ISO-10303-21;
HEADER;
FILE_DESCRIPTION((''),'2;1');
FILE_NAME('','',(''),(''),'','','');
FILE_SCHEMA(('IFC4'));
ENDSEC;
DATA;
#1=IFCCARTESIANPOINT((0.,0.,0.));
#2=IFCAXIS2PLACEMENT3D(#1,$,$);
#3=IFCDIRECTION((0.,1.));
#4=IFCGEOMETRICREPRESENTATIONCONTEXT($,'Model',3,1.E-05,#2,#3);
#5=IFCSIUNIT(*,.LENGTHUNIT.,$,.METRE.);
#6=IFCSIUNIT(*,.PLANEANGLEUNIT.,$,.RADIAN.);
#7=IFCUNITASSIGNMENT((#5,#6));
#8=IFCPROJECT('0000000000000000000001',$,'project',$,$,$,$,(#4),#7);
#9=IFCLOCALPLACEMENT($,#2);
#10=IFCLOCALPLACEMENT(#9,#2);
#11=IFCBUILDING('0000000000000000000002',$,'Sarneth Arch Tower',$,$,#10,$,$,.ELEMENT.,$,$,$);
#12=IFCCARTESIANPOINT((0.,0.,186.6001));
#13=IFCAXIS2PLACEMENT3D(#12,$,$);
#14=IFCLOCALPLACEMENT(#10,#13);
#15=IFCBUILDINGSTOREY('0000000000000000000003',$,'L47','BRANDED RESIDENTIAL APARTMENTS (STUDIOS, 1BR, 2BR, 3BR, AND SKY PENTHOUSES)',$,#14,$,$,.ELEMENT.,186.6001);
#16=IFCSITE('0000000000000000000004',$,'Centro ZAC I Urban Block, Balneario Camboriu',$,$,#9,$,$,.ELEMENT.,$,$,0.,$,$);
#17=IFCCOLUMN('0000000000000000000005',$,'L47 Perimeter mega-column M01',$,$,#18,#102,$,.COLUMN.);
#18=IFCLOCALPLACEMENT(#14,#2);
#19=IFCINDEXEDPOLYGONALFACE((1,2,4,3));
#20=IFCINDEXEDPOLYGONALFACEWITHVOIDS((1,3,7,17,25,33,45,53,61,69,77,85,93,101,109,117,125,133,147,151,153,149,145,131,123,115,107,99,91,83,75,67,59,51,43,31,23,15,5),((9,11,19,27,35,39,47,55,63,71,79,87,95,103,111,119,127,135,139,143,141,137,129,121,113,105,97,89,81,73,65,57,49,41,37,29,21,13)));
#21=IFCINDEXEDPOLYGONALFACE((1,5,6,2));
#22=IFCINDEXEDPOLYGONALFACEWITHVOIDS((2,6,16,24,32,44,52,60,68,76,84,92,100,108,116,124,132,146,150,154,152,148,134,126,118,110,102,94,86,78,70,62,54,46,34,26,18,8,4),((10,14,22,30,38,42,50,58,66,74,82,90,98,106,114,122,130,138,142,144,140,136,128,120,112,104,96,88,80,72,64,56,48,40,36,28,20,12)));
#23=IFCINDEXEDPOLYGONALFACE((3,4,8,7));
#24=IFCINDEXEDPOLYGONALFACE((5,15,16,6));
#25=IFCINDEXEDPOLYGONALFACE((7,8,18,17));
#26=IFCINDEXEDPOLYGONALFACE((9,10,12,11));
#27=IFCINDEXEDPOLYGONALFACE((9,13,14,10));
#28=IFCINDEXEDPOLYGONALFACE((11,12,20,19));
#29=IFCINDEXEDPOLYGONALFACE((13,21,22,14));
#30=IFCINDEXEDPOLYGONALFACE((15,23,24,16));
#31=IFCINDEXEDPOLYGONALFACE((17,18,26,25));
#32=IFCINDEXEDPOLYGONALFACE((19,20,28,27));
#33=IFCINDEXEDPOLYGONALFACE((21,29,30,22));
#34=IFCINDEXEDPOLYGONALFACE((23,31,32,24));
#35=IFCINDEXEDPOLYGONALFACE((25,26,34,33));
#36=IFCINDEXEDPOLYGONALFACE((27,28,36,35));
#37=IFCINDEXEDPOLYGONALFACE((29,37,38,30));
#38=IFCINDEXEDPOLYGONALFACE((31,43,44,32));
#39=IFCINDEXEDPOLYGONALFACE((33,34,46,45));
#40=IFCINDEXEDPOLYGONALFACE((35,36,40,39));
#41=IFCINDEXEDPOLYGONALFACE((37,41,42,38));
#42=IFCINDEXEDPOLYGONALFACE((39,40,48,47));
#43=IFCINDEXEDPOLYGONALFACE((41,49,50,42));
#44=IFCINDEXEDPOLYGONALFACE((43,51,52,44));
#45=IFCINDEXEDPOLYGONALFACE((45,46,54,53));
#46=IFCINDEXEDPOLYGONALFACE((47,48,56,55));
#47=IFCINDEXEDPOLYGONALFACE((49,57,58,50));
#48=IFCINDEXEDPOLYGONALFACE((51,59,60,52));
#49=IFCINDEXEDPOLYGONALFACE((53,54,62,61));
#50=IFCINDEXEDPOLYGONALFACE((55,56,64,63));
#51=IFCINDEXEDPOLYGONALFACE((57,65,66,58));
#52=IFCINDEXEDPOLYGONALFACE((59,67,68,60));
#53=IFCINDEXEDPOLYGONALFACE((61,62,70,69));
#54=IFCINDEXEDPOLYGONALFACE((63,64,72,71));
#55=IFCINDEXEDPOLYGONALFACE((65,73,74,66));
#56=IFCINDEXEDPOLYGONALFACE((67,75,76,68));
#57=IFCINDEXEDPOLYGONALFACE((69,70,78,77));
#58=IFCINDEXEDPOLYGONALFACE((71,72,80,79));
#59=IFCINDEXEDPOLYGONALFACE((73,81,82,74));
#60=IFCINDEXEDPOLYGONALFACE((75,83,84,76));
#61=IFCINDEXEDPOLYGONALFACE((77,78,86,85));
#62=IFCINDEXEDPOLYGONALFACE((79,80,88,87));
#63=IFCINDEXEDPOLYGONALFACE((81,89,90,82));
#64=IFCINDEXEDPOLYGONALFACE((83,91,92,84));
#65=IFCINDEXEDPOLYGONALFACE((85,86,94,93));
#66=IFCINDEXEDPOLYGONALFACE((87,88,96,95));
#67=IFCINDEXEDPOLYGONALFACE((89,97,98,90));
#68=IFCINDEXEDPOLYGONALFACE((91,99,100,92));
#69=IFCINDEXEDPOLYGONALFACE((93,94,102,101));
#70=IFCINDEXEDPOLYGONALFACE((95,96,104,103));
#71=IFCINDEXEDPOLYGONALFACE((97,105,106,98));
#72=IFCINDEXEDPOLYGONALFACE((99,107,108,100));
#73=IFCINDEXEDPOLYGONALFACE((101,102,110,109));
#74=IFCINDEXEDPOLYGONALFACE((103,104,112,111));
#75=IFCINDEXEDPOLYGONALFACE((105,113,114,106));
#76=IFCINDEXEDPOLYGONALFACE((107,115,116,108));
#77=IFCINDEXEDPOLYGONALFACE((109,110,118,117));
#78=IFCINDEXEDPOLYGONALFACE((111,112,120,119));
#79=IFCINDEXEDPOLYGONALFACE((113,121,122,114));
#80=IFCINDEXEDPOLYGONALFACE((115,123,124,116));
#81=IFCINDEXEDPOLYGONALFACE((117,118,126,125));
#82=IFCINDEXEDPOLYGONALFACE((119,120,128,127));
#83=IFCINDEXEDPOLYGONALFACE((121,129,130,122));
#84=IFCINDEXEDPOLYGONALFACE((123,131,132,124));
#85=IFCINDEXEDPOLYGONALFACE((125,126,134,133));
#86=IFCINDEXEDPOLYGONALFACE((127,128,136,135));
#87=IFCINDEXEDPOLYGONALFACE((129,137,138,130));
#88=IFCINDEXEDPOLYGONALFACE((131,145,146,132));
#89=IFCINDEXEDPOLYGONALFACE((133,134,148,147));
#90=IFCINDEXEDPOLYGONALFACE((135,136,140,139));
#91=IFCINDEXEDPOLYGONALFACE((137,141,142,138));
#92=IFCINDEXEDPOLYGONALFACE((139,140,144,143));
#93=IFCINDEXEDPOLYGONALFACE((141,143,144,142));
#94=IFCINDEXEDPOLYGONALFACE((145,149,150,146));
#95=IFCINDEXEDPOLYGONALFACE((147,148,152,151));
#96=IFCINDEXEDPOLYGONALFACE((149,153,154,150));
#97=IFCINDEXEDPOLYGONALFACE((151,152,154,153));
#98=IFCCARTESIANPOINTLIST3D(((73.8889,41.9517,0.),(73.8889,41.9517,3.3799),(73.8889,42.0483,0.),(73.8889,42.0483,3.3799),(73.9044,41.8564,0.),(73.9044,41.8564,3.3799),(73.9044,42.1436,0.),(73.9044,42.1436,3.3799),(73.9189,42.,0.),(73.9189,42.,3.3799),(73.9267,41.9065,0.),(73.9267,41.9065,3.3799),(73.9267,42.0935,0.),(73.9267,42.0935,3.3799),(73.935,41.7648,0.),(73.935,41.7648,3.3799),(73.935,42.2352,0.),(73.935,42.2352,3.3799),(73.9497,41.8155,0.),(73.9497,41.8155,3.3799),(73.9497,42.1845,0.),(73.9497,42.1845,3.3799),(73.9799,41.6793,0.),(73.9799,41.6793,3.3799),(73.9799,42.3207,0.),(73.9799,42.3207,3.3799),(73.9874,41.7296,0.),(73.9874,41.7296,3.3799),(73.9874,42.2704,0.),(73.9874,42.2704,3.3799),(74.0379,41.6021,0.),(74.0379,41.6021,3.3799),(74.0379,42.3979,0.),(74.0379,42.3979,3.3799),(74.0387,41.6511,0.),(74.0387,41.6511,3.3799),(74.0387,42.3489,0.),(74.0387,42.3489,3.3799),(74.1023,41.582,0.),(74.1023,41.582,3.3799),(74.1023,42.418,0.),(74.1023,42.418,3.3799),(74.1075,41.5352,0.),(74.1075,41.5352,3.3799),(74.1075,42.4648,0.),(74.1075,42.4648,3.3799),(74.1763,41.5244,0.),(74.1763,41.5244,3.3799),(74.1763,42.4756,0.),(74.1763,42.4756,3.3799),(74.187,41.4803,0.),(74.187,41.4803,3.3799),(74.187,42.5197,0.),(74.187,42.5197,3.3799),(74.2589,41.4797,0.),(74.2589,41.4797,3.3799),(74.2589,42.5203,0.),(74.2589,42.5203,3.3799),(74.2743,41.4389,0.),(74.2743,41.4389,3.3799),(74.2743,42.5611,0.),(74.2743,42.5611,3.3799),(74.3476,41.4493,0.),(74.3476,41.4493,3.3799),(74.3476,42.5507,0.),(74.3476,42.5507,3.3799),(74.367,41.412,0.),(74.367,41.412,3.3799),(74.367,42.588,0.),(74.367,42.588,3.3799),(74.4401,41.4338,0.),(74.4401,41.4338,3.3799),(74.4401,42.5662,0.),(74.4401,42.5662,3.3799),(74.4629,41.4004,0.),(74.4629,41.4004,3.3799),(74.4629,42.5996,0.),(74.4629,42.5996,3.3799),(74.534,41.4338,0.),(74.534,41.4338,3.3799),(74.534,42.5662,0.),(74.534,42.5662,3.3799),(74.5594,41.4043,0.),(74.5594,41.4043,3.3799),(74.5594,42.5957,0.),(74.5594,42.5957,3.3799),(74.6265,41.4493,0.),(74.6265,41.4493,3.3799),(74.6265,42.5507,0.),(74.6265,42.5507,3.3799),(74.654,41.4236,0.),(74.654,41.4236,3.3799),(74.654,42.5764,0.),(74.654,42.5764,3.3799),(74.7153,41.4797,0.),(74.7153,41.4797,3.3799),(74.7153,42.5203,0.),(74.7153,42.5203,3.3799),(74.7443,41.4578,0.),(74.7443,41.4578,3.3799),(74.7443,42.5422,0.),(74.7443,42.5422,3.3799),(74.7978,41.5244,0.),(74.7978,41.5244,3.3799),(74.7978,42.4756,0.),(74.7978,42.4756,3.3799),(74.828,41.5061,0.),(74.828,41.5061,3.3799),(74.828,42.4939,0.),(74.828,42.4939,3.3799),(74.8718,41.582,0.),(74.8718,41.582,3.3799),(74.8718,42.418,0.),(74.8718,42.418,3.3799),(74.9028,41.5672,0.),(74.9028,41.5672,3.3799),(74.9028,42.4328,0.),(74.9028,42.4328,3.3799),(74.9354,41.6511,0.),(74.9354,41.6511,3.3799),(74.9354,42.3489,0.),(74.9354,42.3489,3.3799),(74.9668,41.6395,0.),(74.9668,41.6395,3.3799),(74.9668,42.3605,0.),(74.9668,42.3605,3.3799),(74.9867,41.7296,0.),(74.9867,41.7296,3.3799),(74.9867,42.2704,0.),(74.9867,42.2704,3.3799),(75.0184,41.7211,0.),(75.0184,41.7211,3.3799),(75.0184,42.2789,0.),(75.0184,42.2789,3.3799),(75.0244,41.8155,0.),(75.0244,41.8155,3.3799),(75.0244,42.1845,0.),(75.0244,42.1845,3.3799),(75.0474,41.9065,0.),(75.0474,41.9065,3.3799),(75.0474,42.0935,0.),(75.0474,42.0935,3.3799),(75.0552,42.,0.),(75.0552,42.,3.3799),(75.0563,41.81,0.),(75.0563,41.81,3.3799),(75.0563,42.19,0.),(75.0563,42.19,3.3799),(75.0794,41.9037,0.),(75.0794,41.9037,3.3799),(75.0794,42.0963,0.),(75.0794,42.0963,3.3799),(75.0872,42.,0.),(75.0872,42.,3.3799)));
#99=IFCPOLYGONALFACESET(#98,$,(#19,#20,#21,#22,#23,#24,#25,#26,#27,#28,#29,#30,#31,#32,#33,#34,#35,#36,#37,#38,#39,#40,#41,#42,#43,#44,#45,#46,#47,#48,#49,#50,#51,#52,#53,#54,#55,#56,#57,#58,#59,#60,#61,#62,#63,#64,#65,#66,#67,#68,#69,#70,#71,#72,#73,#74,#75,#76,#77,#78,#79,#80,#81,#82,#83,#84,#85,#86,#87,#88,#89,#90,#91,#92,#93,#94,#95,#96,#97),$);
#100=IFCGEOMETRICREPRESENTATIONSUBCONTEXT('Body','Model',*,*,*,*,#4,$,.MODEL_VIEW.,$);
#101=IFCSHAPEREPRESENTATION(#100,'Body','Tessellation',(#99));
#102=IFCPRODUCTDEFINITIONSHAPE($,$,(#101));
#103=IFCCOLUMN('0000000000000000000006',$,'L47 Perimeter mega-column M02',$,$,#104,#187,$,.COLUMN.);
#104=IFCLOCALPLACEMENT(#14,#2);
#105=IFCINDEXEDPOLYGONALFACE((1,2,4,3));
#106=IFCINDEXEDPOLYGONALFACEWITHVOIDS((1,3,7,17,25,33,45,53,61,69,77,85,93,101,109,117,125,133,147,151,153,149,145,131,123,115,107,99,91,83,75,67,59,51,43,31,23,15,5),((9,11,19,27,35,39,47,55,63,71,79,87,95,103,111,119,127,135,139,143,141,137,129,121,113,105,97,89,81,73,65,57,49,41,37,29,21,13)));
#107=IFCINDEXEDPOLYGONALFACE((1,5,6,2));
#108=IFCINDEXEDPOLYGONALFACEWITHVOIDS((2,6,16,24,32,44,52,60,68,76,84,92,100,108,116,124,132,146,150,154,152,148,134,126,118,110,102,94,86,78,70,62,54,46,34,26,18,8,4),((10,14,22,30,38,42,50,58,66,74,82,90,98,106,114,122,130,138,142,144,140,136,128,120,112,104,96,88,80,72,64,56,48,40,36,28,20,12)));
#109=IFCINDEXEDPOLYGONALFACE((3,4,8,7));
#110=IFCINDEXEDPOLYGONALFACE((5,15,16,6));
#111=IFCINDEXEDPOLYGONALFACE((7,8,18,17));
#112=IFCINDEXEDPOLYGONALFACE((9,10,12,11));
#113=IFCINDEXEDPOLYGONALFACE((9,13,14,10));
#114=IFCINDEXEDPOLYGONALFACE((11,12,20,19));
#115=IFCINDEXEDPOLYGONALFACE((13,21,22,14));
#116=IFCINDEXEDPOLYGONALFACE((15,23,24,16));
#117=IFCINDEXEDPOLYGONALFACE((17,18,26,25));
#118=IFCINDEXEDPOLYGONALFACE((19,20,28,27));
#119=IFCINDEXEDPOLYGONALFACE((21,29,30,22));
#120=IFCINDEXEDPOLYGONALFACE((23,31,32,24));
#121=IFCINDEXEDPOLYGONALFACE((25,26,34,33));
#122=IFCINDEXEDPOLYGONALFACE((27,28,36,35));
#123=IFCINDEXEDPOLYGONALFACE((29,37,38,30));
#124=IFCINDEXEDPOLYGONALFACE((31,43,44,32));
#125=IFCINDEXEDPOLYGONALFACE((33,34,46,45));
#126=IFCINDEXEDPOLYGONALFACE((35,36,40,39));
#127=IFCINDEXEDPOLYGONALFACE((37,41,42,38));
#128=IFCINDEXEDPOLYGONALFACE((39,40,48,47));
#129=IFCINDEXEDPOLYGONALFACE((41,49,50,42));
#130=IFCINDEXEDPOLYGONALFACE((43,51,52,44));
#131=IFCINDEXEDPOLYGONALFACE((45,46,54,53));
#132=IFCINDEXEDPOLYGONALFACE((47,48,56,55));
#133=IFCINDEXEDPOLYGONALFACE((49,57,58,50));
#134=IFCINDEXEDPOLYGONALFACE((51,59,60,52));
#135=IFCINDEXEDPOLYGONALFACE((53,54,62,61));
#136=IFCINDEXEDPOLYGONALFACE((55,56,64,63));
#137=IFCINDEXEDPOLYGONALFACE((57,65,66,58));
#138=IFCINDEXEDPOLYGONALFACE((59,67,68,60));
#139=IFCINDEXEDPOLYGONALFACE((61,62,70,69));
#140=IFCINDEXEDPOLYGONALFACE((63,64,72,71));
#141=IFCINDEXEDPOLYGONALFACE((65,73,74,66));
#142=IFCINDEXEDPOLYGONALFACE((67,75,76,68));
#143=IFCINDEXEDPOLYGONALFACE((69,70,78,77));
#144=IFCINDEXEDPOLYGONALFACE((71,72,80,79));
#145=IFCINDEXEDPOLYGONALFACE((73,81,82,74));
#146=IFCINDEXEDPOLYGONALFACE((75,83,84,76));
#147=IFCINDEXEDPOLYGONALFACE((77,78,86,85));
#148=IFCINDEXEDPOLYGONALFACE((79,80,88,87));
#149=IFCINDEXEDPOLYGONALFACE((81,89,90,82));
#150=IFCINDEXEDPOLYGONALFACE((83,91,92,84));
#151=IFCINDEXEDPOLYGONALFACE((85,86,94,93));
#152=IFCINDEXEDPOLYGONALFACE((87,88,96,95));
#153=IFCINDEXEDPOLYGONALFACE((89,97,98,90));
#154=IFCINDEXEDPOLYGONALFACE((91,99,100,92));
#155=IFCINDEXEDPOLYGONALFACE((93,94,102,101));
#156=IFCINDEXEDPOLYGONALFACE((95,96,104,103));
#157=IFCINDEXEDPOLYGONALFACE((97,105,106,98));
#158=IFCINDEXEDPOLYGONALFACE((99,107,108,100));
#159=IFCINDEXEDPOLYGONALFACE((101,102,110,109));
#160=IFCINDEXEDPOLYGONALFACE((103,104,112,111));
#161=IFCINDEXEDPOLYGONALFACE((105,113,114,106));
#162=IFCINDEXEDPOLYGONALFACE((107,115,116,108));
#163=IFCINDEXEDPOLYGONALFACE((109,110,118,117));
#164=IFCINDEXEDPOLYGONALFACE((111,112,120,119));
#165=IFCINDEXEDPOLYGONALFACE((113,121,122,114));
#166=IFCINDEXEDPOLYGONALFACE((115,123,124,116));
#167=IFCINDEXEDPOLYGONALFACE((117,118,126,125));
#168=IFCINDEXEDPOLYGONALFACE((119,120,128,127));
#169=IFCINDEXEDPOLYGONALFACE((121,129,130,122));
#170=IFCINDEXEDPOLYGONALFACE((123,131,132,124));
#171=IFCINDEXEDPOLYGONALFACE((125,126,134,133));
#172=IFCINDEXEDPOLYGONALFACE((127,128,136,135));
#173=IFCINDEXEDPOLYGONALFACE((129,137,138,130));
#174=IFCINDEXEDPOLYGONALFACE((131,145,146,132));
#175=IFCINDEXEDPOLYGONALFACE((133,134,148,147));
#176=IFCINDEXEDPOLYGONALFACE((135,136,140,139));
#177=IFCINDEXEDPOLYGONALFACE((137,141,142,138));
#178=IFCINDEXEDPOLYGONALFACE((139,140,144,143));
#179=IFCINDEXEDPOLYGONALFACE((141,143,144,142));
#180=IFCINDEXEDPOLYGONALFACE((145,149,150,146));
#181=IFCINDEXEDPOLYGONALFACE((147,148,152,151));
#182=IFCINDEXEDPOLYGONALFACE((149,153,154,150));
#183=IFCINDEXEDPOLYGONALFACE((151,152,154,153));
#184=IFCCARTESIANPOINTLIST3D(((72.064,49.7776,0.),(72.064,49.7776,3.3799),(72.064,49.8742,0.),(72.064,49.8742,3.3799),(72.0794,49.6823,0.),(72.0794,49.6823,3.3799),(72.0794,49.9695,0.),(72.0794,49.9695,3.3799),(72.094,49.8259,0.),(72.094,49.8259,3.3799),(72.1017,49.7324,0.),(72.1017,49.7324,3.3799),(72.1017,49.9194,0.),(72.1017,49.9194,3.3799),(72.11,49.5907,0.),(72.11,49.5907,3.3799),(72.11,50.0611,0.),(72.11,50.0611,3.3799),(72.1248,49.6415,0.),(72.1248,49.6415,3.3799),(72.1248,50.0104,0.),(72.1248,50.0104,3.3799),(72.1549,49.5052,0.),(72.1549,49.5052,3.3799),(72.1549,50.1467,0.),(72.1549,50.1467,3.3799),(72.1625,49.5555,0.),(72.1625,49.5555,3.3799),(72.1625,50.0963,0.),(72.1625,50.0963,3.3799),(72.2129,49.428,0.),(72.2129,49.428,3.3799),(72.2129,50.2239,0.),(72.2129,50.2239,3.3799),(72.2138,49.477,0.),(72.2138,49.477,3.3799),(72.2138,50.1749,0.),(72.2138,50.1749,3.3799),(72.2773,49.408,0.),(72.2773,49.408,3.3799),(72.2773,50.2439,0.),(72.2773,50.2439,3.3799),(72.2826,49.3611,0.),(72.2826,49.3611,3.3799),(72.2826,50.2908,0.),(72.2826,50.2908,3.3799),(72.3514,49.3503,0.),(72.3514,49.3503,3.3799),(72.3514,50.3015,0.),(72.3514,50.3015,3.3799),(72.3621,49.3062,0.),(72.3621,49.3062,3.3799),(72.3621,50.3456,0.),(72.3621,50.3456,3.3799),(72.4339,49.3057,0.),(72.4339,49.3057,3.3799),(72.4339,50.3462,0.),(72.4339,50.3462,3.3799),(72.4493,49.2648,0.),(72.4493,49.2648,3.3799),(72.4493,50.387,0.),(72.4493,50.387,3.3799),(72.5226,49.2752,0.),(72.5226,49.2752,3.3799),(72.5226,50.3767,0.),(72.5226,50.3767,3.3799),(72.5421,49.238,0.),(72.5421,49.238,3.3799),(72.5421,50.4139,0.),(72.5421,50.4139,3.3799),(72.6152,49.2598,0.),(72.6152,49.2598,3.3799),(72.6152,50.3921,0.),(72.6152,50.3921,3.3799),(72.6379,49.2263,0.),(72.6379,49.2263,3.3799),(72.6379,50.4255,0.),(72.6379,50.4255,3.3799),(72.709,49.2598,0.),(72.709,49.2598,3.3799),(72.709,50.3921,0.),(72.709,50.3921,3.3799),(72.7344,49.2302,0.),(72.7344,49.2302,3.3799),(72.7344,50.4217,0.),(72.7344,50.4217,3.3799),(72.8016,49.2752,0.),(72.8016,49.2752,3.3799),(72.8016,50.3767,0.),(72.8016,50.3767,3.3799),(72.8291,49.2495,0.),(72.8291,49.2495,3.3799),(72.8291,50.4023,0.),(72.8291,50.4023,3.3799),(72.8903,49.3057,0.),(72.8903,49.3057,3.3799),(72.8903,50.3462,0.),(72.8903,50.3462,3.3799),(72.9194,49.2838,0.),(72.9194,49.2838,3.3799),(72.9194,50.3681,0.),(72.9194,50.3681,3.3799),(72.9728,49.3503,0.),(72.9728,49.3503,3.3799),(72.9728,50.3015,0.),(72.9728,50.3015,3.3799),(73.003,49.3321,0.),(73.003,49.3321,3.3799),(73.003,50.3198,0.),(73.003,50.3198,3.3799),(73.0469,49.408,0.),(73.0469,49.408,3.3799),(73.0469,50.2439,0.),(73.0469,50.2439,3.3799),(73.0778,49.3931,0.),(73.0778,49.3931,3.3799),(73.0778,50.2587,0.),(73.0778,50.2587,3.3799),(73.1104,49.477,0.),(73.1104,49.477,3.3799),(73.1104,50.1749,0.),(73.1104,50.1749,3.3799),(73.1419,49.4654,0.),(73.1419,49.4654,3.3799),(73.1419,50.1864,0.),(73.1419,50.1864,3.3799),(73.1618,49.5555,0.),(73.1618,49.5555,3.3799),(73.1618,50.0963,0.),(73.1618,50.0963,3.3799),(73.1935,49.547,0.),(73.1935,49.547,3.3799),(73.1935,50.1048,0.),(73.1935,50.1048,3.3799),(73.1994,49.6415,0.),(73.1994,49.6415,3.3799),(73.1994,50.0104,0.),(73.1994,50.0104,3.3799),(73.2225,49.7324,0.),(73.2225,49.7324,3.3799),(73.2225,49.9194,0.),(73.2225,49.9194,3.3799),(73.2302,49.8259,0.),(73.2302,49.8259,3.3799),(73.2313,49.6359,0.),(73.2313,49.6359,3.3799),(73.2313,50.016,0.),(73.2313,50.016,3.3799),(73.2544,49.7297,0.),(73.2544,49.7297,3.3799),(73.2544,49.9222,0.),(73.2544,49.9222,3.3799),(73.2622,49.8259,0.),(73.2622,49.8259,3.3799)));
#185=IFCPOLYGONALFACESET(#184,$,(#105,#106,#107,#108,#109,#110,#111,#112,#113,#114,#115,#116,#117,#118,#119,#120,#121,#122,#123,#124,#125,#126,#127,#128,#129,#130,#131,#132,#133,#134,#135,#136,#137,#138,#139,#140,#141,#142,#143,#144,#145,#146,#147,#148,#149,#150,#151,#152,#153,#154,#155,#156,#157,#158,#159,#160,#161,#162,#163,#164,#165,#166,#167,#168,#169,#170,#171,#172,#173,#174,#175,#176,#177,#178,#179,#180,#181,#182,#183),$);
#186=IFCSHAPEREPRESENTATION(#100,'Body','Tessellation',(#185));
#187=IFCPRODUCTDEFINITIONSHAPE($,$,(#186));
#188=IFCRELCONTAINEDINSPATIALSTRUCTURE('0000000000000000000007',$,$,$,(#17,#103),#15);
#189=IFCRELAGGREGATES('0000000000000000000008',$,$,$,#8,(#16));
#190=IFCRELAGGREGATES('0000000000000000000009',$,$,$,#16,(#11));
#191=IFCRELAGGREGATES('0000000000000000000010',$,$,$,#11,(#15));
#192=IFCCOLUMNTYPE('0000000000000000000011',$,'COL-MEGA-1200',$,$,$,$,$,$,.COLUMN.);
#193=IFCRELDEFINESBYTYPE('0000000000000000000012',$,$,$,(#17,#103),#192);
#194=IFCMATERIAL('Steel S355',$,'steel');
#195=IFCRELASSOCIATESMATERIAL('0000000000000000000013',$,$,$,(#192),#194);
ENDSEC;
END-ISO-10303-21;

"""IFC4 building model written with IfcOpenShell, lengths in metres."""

from ifc_helpers import new_model, si_unit, direction, frame, origin, origin_2d, place, context, subcontext, project, spatial, hollow_circle, extrude, material, material_profile, profile_set, type_object, element, save


model = new_model("IFC4")

# Units and contexts
model_context = context("Model", 3, precision=1e-05, world=origin(), true_north=direction((0.0, 1.0)))
body_context = subcontext(model_context, "Body", "Model", "MODEL_VIEW")
ifc_project = project(units=[si_unit("LENGTHUNIT", "METRE"), si_unit("PLANEANGLEUNIT", "RADIAN")], contexts=[model_context])

# Site, building, storey
site_placement = place(None, origin())
site = spatial("IfcSite", under=ifc_project, at=site_placement, Name="Centro ZAC I Urban Block, Balneario Camboriu", CompositionType="ELEMENT", RefElevation=0.0)
building_placement = place(site_placement, origin())
building = spatial("IfcBuilding", under=site, at=building_placement, Name="Sarneth Arch Tower", CompositionType="ELEMENT")
storey_placement = place(building_placement, frame((0.0, 0.0, 186.6001)))
storey = spatial("IfcBuildingStorey", under=building, at=storey_placement, Name="L47", Description="BRANDED RESIDENTIAL APARTMENTS (STUDIOS, 1BR, 2BR, 3BR, AND SKY PENTHOUSES)", CompositionType="ELEMENT", Elevation=186.6001)

# Columns
ifc_material_1 = material(Name="Steel S355", Category="steel")
ifc_material_profile_1 = material_profile(ifc_material_1, hollow_circle(Radius=0.6001, WallThickness=0.032, at=origin_2d()), Name="CHS1200x32")
ifc_profile_set_1 = profile_set([ifc_material_profile_1], Name="Steel S355")
column_type = type_object("IfcColumnType", Name="COL-MEGA-1200", PredefinedType="COLUMN", material=ifc_profile_set_1)
for number, where, z_axis, x_axis, name in (
    (1, (74.4871, 42.0, 0.0), (0.0, 0.0, 1.0), (1.0, 0.0, 0.0), "L47 Perimeter mega-column M01"),
    (2, (72.6621, 49.8259, 0.0), (0.0, 0.0, 1.0), (1.0, 0.0, 0.0), "L47 Perimeter mega-column M02"),
):
    element("IfcColumn", number, at=place(storey_placement, frame(where, z_axis=z_axis, x_axis=x_axis)), inside=storey, type_object=column_type, Name=name, PredefinedType="COLUMN", context=body_context, shape_type="SweptSolid", body=[
        extrude(hollow_circle(Radius=0.6001, WallThickness=0.032, at=origin_2d()), origin(), (0.0, 0.0, 1.0), 3.3799),
    ])

save(model, "model.ifc")
